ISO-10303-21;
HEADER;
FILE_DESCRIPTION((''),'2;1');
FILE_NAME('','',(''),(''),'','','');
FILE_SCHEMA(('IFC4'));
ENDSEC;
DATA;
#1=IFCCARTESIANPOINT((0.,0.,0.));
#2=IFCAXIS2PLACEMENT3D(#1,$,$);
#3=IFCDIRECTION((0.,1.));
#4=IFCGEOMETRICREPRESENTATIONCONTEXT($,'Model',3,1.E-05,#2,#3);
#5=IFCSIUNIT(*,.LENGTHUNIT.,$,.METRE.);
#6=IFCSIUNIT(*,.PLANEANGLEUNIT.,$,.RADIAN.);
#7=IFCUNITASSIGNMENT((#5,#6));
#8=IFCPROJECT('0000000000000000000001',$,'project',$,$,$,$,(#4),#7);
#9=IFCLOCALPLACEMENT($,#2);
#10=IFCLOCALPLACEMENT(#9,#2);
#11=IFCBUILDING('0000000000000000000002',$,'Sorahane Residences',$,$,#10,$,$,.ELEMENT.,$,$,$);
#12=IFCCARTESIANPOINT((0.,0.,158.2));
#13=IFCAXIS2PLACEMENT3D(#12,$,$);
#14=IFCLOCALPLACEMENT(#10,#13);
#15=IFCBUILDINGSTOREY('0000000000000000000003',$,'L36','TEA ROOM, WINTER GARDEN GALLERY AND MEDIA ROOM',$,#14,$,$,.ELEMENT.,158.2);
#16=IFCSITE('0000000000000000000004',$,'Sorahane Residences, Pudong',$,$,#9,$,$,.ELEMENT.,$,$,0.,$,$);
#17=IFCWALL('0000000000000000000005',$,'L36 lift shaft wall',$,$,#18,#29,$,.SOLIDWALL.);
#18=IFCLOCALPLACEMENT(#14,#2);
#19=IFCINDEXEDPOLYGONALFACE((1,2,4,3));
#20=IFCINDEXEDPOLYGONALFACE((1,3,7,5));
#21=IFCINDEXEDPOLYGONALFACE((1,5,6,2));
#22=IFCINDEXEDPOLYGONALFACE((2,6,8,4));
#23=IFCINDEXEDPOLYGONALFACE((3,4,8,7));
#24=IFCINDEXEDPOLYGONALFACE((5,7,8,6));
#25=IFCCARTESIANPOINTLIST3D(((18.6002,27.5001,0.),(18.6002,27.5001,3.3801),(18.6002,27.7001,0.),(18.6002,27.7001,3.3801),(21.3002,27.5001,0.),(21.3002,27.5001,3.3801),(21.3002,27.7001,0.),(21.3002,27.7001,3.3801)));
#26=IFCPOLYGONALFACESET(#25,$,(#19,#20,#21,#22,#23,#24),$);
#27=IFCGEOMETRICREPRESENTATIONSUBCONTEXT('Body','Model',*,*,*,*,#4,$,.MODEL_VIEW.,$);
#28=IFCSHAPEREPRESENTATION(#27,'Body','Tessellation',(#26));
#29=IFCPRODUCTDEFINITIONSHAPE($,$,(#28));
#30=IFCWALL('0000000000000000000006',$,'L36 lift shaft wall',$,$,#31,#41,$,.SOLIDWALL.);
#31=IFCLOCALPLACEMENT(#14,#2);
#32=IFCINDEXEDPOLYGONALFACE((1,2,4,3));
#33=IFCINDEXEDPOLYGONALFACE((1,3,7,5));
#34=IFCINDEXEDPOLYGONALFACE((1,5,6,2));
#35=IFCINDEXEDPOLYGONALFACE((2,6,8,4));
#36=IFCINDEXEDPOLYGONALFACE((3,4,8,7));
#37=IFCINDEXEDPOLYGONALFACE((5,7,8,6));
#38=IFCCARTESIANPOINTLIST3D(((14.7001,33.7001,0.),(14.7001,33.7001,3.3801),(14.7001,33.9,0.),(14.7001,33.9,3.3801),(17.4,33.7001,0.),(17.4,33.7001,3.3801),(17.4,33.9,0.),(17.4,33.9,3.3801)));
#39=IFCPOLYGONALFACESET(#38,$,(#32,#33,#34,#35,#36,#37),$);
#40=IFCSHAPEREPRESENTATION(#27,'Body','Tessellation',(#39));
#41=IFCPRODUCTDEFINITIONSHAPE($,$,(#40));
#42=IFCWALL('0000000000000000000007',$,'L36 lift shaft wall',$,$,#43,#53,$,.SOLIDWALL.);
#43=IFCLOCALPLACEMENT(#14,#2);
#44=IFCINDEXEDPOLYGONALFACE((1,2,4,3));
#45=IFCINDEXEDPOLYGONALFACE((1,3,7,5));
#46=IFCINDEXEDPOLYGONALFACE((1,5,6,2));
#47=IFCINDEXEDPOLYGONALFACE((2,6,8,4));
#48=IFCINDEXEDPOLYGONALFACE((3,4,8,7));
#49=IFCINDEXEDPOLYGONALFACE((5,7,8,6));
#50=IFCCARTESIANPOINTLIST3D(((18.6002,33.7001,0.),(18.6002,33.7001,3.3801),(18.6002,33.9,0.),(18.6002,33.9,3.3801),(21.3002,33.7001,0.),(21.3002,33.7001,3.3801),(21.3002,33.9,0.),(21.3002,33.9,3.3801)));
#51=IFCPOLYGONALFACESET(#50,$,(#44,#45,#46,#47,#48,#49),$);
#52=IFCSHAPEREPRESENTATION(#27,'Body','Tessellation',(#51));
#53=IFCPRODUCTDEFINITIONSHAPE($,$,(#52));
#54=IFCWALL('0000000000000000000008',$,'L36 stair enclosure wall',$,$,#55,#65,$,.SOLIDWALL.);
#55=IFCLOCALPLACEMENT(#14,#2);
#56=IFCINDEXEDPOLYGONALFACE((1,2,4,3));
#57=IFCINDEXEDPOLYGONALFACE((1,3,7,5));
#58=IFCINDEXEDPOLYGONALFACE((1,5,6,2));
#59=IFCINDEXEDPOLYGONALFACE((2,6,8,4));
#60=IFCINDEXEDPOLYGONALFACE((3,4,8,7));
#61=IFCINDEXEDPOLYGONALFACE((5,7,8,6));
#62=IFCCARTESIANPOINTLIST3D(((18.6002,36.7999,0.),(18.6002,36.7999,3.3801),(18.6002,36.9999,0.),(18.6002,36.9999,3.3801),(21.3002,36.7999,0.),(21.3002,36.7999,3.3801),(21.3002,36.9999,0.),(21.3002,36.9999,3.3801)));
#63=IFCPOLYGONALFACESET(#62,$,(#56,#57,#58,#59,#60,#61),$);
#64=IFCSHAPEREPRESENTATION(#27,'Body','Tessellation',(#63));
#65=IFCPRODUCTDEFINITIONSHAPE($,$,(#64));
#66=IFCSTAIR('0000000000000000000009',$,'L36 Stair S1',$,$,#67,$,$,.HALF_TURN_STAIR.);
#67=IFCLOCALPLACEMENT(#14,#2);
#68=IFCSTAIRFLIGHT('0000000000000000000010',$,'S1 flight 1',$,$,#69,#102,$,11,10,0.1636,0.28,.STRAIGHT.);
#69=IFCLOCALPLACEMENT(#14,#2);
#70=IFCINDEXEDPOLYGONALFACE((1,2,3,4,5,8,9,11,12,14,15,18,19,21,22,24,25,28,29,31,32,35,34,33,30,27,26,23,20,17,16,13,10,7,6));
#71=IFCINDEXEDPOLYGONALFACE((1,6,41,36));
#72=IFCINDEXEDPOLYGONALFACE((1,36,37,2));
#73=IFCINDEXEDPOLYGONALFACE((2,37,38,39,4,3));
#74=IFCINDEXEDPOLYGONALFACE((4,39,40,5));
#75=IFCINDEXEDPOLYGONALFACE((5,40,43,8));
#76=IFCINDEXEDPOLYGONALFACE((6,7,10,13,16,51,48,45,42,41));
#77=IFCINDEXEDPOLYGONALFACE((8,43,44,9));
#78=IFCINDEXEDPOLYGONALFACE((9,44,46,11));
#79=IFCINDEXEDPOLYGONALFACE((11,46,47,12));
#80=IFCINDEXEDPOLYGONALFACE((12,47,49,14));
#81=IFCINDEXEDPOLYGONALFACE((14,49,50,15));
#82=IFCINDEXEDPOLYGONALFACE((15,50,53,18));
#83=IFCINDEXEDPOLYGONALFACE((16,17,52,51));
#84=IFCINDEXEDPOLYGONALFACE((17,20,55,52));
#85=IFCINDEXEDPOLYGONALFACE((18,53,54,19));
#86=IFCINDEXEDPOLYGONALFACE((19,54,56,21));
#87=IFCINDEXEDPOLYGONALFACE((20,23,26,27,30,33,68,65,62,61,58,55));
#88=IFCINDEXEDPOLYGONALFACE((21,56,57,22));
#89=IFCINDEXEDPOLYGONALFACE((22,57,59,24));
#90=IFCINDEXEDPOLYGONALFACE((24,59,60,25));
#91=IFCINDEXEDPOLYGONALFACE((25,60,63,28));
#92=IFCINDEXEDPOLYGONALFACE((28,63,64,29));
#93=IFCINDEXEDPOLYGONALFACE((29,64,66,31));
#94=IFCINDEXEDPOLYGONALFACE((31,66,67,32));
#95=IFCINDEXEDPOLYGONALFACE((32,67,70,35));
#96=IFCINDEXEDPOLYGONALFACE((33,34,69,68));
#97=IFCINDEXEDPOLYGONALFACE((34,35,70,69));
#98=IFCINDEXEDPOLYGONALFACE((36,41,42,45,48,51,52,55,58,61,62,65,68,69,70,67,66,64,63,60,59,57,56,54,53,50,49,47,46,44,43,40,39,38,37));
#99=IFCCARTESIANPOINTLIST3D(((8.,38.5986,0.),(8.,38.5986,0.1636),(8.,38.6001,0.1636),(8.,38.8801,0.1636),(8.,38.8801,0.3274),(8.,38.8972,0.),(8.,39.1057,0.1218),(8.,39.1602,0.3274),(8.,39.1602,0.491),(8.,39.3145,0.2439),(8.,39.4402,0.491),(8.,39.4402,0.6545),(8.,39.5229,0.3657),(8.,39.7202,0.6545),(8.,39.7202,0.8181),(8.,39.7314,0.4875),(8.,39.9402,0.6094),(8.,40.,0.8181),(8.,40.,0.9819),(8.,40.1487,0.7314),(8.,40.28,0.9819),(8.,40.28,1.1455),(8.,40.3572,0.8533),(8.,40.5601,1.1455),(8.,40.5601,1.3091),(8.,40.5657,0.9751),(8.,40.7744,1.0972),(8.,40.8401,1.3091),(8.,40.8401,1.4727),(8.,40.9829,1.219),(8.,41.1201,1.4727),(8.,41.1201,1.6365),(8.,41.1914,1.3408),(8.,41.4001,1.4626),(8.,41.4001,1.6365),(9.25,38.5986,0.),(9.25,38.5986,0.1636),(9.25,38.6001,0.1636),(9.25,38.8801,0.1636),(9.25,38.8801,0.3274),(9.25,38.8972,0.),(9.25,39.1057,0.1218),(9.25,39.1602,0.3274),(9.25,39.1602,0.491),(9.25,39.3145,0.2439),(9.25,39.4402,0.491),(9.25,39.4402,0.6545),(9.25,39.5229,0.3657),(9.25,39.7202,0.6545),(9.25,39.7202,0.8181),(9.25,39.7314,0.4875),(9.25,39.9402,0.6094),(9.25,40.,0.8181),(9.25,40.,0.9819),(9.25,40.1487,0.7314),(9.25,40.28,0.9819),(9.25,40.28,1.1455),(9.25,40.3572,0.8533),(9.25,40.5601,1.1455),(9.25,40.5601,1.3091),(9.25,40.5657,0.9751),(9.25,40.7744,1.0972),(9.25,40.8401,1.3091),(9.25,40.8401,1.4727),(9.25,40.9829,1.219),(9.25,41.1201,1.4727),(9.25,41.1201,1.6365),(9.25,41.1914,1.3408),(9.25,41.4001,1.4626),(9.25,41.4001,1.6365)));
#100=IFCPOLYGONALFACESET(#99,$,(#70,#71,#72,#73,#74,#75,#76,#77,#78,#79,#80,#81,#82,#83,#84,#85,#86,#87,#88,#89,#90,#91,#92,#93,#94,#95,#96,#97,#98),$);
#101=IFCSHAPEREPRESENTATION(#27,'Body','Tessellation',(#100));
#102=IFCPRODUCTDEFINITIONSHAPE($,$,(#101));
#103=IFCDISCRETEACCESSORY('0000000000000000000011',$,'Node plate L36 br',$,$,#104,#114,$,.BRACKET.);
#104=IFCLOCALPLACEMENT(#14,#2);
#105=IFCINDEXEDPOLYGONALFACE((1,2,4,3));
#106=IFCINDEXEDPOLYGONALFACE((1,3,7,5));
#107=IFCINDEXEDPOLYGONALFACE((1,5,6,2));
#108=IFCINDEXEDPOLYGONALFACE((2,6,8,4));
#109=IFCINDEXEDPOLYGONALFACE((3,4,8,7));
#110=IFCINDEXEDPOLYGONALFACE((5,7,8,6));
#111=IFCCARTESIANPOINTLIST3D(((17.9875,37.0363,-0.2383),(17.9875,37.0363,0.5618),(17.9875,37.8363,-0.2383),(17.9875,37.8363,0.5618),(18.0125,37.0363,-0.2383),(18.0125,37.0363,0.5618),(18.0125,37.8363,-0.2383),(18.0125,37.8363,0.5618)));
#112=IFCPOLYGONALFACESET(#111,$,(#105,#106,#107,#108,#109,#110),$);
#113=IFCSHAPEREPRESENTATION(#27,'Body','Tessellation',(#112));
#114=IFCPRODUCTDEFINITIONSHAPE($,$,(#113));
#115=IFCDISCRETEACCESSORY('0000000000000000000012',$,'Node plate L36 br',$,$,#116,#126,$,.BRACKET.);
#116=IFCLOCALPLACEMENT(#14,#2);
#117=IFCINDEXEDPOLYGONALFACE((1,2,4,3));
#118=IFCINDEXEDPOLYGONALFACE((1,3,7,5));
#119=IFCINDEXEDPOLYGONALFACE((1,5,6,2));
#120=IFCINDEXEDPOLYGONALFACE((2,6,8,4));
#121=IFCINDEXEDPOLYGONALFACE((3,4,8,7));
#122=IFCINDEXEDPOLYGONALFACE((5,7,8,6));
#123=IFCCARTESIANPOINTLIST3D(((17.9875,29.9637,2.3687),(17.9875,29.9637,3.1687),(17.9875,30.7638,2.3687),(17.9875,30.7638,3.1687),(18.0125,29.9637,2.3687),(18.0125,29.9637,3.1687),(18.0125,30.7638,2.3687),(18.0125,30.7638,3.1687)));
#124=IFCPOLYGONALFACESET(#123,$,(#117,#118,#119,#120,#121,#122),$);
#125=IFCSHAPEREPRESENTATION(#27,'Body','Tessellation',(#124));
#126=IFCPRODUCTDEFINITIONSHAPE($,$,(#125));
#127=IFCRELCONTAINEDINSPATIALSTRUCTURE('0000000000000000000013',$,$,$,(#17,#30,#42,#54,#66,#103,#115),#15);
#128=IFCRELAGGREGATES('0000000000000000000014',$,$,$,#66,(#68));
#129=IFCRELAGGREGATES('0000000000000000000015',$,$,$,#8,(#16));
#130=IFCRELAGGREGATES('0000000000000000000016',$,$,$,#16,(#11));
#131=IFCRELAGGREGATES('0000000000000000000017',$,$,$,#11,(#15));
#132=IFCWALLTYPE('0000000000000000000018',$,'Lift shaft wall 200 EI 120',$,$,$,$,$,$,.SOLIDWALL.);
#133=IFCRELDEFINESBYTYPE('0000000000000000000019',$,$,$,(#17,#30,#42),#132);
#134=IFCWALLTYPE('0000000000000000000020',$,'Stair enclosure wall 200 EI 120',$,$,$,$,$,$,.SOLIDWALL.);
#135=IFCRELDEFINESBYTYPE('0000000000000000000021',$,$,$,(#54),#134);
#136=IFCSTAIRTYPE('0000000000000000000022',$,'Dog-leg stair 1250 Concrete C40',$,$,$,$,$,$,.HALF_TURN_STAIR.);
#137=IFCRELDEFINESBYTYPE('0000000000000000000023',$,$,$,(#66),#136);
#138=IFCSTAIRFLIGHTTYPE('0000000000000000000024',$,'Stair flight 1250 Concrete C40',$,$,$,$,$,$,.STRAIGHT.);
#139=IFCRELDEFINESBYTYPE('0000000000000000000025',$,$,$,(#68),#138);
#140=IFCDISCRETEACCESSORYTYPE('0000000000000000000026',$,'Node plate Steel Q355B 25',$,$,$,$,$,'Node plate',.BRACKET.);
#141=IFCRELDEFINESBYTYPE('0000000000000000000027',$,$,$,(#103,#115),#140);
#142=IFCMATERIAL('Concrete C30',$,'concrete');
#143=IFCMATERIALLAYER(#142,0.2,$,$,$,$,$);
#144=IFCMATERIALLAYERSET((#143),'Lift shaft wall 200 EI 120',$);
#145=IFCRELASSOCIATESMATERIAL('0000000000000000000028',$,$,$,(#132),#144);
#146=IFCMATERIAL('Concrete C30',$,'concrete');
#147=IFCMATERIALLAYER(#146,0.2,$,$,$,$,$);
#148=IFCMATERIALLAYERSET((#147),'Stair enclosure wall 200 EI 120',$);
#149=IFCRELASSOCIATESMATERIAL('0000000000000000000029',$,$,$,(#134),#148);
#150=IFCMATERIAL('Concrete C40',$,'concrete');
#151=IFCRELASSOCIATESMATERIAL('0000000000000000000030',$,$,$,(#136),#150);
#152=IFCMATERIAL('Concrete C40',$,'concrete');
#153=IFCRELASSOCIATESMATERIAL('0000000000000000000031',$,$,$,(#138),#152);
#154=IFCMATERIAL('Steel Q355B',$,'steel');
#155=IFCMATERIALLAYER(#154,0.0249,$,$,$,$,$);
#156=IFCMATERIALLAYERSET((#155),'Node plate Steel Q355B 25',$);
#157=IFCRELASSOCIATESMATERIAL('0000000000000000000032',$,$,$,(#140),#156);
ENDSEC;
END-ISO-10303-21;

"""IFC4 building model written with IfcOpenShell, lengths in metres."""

from ifc_helpers import new_model, si_unit, direction, frame, frame_2d, origin, origin_2d, place, context, subcontext, project, spatial, polyline, rectangle, outline, extrude, material, layer, layer_set, type_object, element, aggregate, save


model = new_model("IFC4")

# Units and contexts
model_context = context("Model", 3, precision=1e-05, world=origin(), true_north=direction((0.0, 1.0)))
body_context = subcontext(model_context, "Body", "Model", "MODEL_VIEW")
ifc_project = project(units=[si_unit("LENGTHUNIT", "METRE"), si_unit("PLANEANGLEUNIT", "RADIAN")], contexts=[model_context])

# Site, building, storey
site_placement = place(None, origin())
site = spatial("IfcSite", under=ifc_project, at=site_placement, Name="Sorahane Residences, Pudong", CompositionType="ELEMENT", RefElevation=0.0)
building_placement = place(site_placement, origin())
building = spatial("IfcBuilding", under=site, at=building_placement, Name="Sorahane Residences", CompositionType="ELEMENT")
storey_placement = place(building_placement, frame((0.0, 0.0, 158.2)))
storey = spatial("IfcBuildingStorey", under=building, at=storey_placement, Name="L36", Description="TEA ROOM, WINTER GARDEN GALLERY AND MEDIA ROOM", CompositionType="ELEMENT", Elevation=158.2)

# Walls
ifc_material_1 = material(Name="Concrete C30", Category="concrete")
ifc_layer_1 = layer(ifc_material_1, 0.2)
ifc_layer_set_1 = layer_set([ifc_layer_1], Name="Lift shaft wall 200 EI 120")
wall_type_1 = type_object("IfcWallType", Name="Lift shaft wall 200 EI 120", PredefinedType="SOLIDWALL", material=ifc_layer_set_1)
for number, where, z_axis, x_axis, name in (
    (1, (18.6001, 27.6001, 0.0), (0.0, 0.0, 1.0), (1.0, 0.0, 0.0), "L36 lift shaft wall"),
    (2, (14.7, 33.8, 0.0), (0.0, 0.0, 1.0), (1.0, 0.0, 0.0), "L36 lift shaft wall"),
    (3, (18.6001, 33.8, 0.0), (0.0, 0.0, 1.0), (1.0, 0.0, 0.0), "L36 lift shaft wall"),
):
    element("IfcWall", number, at=place(storey_placement, frame(where, z_axis=z_axis, x_axis=x_axis)), inside=storey, type_object=wall_type_1, Name=name, PredefinedType="SOLIDWALL", context=body_context, shape_type="SweptSolid", body=[
        extrude(rectangle(XDim=2.7, YDim=0.2, at=frame_2d((1.3501, 0.0))), origin(), (0.0, 0.0, 1.0), 3.3801),
    ])
ifc_material_2 = material(Name="Concrete C30", Category="concrete")
ifc_layer_2 = layer(ifc_material_2, 0.2)
ifc_layer_set_2 = layer_set([ifc_layer_2], Name="Stair enclosure wall 200 EI 120")
wall_type_2 = type_object("IfcWallType", Name="Stair enclosure wall 200 EI 120", PredefinedType="SOLIDWALL", material=ifc_layer_set_2)
wall_placement = place(storey_placement, frame((18.6001, 36.8999, 0.0), z_axis=(0.0, 0.0, 1.0), x_axis=(1.0, 0.0, 0.0)))
element("IfcWall", 4, at=wall_placement, inside=storey, type_object=wall_type_2, Name="L36 stair enclosure wall", PredefinedType="SOLIDWALL", context=body_context, shape_type="SweptSolid", body=[
    extrude(rectangle(XDim=2.7, YDim=0.2, at=frame_2d((1.3501, 0.0))), origin(), (0.0, 0.0, 1.0), 3.3801),
])

# Stair, stair flight
ifc_material_3 = material(Name="Concrete C40", Category="concrete")
stair_type = type_object("IfcStairType", Name="Dog-leg stair 1250 Concrete C40", PredefinedType="HALF_TURN_STAIR", material=ifc_material_3)
stair_placement = place(storey_placement, origin())
stair = element("IfcStair", 5, at=stair_placement, inside=storey, type_object=stair_type, Name="L36 Stair S1", PredefinedType="HALF_TURN_STAIR")
ifc_material_4 = material(Name="Concrete C40", Category="concrete")
stair_flight_type = type_object("IfcStairFlightType", Name="Stair flight 1250 Concrete C40", PredefinedType="STRAIGHT", material=ifc_material_4)
stair_flight_placement = place(storey_placement, frame((8.625, 38.6001, 0.0), z_axis=(0.0, 0.0, 1.0), x_axis=(0.0, 1.0, 0.0)))
stair_flight = element("IfcStairFlight", 6, at=stair_flight_placement, type_object=stair_flight_type, Name="S1 flight 1", NumberOfRisers=11, NumberOfTreads=10, PredefinedType="STRAIGHT", RiserHeight=0.1636, TreadLength=0.28, context=body_context, shape_type="SweptSolid", body=[
    extrude(outline(polyline([(-0.0015, 0.0), (-0.0015, 0.1636), (0.0, 0.1636), (0.28, 0.1636), (0.28, 0.3274), (0.5601, 0.3274), (0.5601, 0.491), (0.8401, 0.491), (0.8401, 0.6545), (1.1201, 0.6545), (1.1201, 0.8181), (1.3999, 0.8181), (1.3999, 0.9819), (1.6799, 0.9819), (1.6799, 1.1455), (1.96, 1.1455), (1.96, 1.3091), (2.24, 1.3091), (2.24, 1.4727), (2.52, 1.4727), (2.52, 1.6365), (2.8, 1.6365), (2.8, 1.8), (2.8, 1.4626), (2.5913, 1.3408), (2.3828, 1.219), (2.1743, 1.0972), (1.9656, 0.9751), (1.7571, 0.8533), (1.5486, 0.7314), (1.3401, 0.6094), (1.1313, 0.4875), (0.9229, 0.3657), (0.7144, 0.2439), (0.5056, 0.1218), (0.2971, 0.0), (-0.0015, 0.0)])), frame((0.0, 0.625, 0.0), z_axis=(0.0, -1.0, 0.0), x_axis=(1.0, 0.0, 0.0)), (0.0, 0.0, 1.0), 1.25),
])
aggregate(stair, [stair_flight])

# Discrete accessories
ifc_material_5 = material(Name="Steel Q355B", Category="steel")
ifc_layer_3 = layer(ifc_material_5, 0.0249)
ifc_layer_set_3 = layer_set([ifc_layer_3], Name="Node plate Steel Q355B 25")
discrete_accessory_type = type_object("IfcDiscreteAccessoryType", Name="Node plate Steel Q355B 25", ElementType="Node plate", PredefinedType="BRACKET", material=ifc_layer_set_3)
for number, where, z_axis, x_axis, name in (
    (7, (18.0, 37.4363, -0.2383), (0.0, 0.0, 1.0), (0.0, 1.0, 0.0), "Node plate L36 br"),
    (8, (18.0, 30.3638, 2.3687), (0.0, 0.0, 1.0), (0.0, 1.0, 0.0), "Node plate L36 br"),
):
    element("IfcDiscreteAccessory", number, at=place(storey_placement, frame(where, z_axis=z_axis, x_axis=x_axis)), inside=storey, type_object=discrete_accessory_type, Name=name, PredefinedType="BRACKET", context=body_context, shape_type="SweptSolid", body=[
        extrude(rectangle(XDim=0.8, YDim=0.0249, at=origin_2d()), origin(), (0.0, 0.0, 1.0), 0.8),
    ])

save(model, "model.ifc")
